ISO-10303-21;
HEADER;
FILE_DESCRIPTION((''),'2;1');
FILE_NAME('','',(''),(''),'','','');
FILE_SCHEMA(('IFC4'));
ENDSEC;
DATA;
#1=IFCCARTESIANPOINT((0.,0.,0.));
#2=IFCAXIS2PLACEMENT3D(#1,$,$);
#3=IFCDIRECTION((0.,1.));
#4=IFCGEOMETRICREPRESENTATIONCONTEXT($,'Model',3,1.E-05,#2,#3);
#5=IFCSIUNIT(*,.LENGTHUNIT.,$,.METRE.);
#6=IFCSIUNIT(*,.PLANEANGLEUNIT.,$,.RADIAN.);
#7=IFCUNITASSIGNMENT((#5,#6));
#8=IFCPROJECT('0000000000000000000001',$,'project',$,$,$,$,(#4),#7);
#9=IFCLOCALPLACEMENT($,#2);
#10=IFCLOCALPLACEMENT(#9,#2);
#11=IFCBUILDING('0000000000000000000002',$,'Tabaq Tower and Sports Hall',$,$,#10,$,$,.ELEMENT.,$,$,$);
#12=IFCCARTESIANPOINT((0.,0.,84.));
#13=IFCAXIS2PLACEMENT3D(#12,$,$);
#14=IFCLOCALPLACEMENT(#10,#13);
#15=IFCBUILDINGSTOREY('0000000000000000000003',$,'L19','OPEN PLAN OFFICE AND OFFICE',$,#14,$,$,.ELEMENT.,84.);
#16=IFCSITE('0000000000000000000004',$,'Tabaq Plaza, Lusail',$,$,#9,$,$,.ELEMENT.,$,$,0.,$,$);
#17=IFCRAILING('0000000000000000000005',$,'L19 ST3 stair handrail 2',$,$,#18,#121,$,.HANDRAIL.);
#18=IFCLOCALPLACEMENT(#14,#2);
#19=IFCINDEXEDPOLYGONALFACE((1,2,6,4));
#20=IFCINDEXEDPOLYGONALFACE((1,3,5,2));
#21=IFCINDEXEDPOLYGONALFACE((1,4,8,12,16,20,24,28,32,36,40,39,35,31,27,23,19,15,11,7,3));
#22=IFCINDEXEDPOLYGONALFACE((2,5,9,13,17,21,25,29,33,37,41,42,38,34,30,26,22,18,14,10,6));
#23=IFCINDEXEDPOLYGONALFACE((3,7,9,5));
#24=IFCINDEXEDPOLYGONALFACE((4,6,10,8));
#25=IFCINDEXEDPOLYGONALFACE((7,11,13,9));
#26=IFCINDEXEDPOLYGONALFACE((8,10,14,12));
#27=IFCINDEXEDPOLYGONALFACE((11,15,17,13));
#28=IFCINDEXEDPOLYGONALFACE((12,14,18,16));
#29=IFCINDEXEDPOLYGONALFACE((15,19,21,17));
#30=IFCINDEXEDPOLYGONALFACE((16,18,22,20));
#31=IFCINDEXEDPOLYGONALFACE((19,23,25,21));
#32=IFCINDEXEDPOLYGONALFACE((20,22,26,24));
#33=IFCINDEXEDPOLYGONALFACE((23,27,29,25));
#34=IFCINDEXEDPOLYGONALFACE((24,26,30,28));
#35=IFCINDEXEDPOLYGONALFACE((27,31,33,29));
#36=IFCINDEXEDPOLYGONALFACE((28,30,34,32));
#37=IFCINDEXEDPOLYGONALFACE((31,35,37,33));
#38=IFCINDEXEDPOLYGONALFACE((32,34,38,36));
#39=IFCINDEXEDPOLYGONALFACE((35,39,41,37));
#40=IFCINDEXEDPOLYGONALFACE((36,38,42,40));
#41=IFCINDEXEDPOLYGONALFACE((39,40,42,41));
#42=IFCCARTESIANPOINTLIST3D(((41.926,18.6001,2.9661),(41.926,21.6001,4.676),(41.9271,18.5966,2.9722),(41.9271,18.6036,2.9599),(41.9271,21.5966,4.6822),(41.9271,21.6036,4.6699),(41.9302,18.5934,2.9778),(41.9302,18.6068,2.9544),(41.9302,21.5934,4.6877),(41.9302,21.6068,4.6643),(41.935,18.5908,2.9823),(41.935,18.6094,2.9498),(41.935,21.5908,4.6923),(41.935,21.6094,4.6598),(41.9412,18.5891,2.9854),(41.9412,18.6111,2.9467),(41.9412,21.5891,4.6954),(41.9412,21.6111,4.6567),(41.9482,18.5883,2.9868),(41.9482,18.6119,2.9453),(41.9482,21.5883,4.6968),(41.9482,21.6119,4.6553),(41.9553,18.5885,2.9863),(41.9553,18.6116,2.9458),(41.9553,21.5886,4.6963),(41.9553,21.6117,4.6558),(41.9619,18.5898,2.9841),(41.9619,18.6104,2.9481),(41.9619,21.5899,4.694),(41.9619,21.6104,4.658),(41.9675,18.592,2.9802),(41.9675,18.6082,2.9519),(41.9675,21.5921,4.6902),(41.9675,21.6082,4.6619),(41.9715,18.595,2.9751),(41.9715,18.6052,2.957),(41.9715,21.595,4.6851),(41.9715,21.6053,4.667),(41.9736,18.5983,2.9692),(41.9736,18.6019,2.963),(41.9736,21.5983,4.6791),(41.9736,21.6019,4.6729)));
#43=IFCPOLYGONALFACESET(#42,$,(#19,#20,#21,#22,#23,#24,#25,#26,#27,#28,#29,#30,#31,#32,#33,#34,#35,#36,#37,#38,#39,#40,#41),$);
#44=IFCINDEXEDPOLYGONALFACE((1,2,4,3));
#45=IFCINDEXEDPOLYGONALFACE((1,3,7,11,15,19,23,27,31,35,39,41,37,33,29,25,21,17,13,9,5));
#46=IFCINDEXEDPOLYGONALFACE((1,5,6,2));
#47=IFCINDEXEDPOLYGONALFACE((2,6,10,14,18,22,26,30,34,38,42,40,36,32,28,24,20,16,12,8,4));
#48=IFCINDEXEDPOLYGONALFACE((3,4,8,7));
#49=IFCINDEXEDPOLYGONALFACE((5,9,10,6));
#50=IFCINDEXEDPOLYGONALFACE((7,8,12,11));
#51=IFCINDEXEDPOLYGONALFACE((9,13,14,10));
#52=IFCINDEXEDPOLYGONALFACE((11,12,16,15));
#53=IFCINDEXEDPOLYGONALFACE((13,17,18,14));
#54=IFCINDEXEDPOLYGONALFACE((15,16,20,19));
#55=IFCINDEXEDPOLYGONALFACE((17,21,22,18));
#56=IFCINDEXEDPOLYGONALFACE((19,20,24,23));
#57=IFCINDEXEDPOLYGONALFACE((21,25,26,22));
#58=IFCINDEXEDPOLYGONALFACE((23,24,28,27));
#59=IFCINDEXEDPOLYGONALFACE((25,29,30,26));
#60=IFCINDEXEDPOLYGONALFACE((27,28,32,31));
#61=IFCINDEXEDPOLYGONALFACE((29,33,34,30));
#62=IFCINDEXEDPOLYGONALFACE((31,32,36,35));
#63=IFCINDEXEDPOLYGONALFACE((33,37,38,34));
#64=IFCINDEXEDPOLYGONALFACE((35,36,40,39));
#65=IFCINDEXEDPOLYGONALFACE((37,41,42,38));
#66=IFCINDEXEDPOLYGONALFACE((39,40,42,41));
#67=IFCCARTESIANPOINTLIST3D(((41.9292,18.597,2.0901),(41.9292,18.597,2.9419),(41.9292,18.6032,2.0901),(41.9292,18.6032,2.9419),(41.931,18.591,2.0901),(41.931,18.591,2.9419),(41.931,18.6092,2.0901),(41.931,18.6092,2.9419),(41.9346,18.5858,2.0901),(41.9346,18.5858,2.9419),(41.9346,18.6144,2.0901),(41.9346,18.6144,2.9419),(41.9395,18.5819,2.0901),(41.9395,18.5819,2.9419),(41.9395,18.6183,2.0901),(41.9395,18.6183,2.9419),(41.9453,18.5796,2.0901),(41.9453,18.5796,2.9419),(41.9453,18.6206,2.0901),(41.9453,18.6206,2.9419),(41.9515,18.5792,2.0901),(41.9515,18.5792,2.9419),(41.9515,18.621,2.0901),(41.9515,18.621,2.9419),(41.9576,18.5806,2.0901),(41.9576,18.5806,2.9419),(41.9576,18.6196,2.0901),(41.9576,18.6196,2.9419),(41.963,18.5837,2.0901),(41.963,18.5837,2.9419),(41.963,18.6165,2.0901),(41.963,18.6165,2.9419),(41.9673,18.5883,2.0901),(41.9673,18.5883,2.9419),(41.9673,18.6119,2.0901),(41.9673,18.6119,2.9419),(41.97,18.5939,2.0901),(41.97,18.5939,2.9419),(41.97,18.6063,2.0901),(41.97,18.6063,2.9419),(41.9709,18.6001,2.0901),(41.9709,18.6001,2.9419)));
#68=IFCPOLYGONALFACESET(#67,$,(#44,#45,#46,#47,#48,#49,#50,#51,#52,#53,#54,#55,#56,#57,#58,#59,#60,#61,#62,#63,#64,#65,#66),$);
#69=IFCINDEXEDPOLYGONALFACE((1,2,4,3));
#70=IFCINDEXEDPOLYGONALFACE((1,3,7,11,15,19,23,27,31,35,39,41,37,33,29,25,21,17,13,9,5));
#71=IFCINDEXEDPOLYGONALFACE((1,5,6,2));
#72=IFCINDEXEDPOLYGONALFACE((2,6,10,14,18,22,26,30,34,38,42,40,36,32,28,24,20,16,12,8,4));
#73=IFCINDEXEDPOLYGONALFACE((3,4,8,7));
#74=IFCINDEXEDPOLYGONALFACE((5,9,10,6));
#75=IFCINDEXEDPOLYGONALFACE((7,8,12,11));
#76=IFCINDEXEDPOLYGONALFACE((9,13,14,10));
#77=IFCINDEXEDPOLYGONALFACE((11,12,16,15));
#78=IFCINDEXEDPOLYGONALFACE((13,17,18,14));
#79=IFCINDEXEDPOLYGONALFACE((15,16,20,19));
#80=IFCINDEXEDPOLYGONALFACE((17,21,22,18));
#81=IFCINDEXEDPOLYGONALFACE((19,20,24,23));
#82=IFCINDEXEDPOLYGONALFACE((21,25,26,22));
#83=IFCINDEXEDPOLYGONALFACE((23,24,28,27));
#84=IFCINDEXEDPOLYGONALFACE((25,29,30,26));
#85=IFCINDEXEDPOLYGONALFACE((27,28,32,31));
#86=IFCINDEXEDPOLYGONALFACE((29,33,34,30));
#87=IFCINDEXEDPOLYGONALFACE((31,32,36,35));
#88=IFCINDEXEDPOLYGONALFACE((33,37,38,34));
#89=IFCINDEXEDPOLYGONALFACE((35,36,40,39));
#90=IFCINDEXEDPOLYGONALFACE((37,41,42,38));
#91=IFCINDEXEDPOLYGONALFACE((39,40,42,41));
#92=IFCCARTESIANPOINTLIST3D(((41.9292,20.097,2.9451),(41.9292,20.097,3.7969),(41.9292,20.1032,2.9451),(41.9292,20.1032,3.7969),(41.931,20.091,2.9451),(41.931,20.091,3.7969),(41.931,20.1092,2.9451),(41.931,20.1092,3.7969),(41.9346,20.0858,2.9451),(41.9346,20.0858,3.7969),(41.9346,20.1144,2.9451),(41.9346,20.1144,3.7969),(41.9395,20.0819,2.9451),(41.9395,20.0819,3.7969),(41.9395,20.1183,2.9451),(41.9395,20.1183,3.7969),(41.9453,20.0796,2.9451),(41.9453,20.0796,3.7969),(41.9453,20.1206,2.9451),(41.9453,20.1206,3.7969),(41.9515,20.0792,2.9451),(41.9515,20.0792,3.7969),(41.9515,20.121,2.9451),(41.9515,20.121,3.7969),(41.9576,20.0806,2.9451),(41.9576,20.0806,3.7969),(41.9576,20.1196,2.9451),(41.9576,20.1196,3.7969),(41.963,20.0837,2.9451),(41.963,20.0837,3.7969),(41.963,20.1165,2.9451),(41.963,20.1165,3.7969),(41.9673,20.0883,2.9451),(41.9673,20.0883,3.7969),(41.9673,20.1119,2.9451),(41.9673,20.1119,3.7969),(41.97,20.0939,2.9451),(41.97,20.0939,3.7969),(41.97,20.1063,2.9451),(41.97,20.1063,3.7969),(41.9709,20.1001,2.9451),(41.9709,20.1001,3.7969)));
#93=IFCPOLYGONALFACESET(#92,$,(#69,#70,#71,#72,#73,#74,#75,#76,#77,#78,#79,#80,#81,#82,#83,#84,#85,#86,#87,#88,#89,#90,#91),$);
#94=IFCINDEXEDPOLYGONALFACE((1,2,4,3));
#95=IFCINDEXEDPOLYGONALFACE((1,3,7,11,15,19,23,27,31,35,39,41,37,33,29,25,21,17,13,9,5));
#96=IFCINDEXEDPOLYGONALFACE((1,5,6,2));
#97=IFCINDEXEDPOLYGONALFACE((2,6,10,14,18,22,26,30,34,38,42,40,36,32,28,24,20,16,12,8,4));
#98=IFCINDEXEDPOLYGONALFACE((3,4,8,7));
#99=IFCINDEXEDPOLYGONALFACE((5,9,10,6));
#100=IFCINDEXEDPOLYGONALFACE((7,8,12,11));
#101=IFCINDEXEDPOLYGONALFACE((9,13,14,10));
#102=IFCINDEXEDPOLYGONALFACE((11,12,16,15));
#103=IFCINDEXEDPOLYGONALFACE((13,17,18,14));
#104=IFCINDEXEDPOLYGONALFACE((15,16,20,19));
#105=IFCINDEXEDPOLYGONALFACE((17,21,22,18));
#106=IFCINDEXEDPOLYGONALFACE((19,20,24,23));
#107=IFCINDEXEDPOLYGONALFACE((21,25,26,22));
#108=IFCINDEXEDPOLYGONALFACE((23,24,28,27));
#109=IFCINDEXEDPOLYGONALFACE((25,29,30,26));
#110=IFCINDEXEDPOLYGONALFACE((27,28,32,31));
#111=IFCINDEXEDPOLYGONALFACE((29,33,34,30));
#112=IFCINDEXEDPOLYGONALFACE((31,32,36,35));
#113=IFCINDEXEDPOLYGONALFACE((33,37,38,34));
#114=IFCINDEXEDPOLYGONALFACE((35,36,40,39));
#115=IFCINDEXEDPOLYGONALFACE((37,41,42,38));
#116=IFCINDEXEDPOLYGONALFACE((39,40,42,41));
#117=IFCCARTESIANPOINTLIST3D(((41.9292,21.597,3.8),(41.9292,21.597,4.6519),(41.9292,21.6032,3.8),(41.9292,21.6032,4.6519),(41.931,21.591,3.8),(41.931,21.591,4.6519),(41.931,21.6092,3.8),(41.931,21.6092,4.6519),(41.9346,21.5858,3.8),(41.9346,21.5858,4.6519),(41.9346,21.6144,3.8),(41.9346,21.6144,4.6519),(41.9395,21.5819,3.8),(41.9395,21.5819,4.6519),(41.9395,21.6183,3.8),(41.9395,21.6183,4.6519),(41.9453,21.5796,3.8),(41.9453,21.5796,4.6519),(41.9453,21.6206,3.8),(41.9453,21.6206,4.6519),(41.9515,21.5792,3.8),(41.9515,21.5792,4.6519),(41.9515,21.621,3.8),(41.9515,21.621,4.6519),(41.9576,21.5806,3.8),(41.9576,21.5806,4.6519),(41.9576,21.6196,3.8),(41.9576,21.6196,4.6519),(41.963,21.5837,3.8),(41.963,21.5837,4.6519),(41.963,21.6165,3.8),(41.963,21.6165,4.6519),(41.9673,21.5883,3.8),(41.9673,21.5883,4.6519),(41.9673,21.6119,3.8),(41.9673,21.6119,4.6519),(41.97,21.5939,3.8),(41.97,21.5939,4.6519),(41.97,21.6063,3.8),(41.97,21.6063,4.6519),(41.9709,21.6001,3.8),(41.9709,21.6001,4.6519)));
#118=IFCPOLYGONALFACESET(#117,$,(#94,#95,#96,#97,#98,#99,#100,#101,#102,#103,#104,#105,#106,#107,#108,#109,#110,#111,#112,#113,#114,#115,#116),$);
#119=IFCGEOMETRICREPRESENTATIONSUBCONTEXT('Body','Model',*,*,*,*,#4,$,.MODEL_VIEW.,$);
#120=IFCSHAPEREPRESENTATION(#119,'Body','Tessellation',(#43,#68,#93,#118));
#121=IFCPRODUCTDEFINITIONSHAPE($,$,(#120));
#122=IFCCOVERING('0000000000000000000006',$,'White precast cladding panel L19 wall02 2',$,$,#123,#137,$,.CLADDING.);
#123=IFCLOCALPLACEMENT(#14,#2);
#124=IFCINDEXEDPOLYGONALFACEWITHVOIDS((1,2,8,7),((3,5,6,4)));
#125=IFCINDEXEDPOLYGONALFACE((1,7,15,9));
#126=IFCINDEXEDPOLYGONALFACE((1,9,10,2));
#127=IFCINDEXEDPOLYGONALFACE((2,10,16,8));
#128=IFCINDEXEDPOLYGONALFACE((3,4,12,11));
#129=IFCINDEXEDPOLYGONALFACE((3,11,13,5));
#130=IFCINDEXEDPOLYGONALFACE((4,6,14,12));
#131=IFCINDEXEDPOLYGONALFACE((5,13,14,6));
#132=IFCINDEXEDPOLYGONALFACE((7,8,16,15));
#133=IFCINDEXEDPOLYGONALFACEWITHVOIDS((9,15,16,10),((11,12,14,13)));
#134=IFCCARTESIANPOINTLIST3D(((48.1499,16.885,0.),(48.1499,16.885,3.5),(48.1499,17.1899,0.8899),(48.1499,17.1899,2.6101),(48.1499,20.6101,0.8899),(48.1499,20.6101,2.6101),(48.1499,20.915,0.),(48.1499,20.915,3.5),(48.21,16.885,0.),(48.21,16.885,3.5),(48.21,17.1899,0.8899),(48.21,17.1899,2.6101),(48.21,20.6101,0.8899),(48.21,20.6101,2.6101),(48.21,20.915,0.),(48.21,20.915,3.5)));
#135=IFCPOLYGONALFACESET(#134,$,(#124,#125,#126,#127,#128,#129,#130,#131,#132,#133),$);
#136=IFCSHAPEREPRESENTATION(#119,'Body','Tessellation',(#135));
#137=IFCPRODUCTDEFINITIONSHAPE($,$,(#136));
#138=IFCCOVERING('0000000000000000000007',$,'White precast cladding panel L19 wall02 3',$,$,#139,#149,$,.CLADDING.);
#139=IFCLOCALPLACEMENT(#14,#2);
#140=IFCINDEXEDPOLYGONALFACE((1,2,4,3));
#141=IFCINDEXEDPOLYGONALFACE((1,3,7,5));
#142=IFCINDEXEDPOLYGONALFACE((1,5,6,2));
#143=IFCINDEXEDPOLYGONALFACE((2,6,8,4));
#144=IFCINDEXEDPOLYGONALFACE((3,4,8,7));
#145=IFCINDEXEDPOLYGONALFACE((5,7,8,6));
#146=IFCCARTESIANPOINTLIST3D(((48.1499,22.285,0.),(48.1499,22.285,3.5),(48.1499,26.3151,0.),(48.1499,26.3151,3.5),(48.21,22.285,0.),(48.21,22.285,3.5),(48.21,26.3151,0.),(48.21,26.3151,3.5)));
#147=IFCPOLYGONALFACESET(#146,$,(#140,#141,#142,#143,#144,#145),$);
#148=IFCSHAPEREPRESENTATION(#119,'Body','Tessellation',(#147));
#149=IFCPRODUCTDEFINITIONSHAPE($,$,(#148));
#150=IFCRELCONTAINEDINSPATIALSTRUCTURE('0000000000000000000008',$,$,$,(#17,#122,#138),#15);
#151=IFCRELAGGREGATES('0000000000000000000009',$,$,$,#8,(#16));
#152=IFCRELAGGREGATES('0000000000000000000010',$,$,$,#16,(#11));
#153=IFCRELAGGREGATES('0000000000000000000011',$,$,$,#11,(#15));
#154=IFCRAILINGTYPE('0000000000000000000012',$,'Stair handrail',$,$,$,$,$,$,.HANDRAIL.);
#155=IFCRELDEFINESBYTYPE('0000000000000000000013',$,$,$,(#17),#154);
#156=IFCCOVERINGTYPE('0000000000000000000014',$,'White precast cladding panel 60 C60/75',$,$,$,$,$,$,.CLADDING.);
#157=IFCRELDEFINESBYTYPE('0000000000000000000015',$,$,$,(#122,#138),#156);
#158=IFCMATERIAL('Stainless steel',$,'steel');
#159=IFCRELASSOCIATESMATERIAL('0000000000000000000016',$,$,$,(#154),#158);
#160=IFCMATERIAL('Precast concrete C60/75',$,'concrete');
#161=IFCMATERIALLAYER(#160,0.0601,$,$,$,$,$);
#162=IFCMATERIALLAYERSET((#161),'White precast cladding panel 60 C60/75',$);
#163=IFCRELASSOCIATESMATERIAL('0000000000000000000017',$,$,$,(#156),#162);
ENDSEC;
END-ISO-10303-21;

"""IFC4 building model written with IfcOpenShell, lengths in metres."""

from ifc_helpers import new_model, si_unit, direction, frame, frame_2d, origin, origin_2d, place, context, subcontext, project, spatial, polyline, rectangle, circle, outline, extrude, material, layer, layer_set, type_object, element, save


model = new_model("IFC4")

# Units and contexts
model_context = context("Model", 3, precision=1e-05, world=origin(), true_north=direction((0.0, 1.0)))
body_context = subcontext(model_context, "Body", "Model", "MODEL_VIEW")
ifc_project = project(units=[si_unit("LENGTHUNIT", "METRE"), si_unit("PLANEANGLEUNIT", "RADIAN")], contexts=[model_context])

# Site, building, storey
site_placement = place(None, origin())
site = spatial("IfcSite", under=ifc_project, at=site_placement, Name="Tabaq Plaza, Lusail", CompositionType="ELEMENT", RefElevation=0.0)
building_placement = place(site_placement, origin())
building = spatial("IfcBuilding", under=site, at=building_placement, Name="Tabaq Tower and Sports Hall", CompositionType="ELEMENT")
storey_placement = place(building_placement, frame((0.0, 0.0, 84.0)))
storey = spatial("IfcBuildingStorey", under=building, at=storey_placement, Name="L19", Description="OPEN PLAN OFFICE AND OFFICE", CompositionType="ELEMENT", Elevation=84.0)

# Railing
ifc_material_1 = material(Name="Stainless steel", Category="steel")
railing_type_1 = type_object("IfcRailingType", Name="Stair handrail", PredefinedType="HANDRAIL", material=ifc_material_1)
railing_1_placement = place(storey_placement, frame((41.95, 18.6001, 2.0901)))
element("IfcRailing", 1, at=railing_1_placement, inside=storey, type_object=railing_type_1, Name="L19 ST3 stair handrail 2", PredefinedType="HANDRAIL", context=body_context, shape_type="SweptSolid", body=[
    extrude(circle(Radius=0.0239, at=origin_2d()), frame((0.0, 0.0, 0.876), z_axis=(0.0, 0.868782, 0.495195), x_axis=(-1.0, 0.0, 0.0)), (0.0, 0.0, 1.0), 3.4531),
    extrude(circle(Radius=0.021, at=origin_2d()), origin(), (0.0, 0.0, 1.0), 0.8518),
    extrude(circle(Radius=0.021, at=origin_2d()), frame((0.0, 1.5, 0.855)), (0.0, 0.0, 1.0), 0.8518),
    extrude(circle(Radius=0.021, at=origin_2d()), frame((0.0, 3.0, 1.71)), (0.0, 0.0, 1.0), 0.8518),
])

# Coverings
ifc_material_2 = material(Name="Precast concrete C60/75", Category="concrete")
ifc_layer_1 = layer(ifc_material_2, 0.0601)
ifc_layer_set_1 = layer_set([ifc_layer_1], Name="White precast cladding panel 60 C60/75")
covering_type_1 = type_object("IfcCoveringType", Name="White precast cladding panel 60 C60/75", PredefinedType="CLADDING", material=ifc_layer_set_1)
covering_1_placement = place(storey_placement, frame((48.1799, 16.885, 0.0), z_axis=(0.0, 0.0, 1.0), x_axis=(0.0, 1.0, 0.0)))
element("IfcCovering", 2, at=covering_1_placement, inside=storey, type_object=covering_type_1, Name="White precast cladding panel L19 wall02 2", PredefinedType="CLADDING", context=body_context, shape_type="SweptSolid", body=[
    extrude(outline(polyline([(0.0, 0.0), (4.03, 0.0), (4.03, 3.5), (0.0, 3.5), (0.0, 0.0)]), holes=[polyline([(0.3049, 0.8899), (0.3049, 2.6101), (3.7251, 2.6101), (3.7251, 0.8899), (0.3049, 0.8899)])]), frame((0.0, 0.03, 0.0), z_axis=(0.0, -1.0, 0.0), x_axis=(1.0, 0.0, 0.0)), (0.0, 0.0, 1.0), 0.0601),
])
covering_2_placement = place(storey_placement, frame((48.1799, 22.2849, 0.0), z_axis=(0.0, 0.0, 1.0), x_axis=(0.0, 1.0, 0.0)))
element("IfcCovering", 3, at=covering_2_placement, inside=storey, type_object=covering_type_1, Name="White precast cladding panel L19 wall02 3", PredefinedType="CLADDING", context=body_context, shape_type="SweptSolid", body=[
    extrude(rectangle(XDim=4.03, YDim=0.0601, at=frame_2d((2.0151, 0.0))), origin(), (0.0, 0.0, 1.0), 3.5),
])

save(model, "model.ifc")
